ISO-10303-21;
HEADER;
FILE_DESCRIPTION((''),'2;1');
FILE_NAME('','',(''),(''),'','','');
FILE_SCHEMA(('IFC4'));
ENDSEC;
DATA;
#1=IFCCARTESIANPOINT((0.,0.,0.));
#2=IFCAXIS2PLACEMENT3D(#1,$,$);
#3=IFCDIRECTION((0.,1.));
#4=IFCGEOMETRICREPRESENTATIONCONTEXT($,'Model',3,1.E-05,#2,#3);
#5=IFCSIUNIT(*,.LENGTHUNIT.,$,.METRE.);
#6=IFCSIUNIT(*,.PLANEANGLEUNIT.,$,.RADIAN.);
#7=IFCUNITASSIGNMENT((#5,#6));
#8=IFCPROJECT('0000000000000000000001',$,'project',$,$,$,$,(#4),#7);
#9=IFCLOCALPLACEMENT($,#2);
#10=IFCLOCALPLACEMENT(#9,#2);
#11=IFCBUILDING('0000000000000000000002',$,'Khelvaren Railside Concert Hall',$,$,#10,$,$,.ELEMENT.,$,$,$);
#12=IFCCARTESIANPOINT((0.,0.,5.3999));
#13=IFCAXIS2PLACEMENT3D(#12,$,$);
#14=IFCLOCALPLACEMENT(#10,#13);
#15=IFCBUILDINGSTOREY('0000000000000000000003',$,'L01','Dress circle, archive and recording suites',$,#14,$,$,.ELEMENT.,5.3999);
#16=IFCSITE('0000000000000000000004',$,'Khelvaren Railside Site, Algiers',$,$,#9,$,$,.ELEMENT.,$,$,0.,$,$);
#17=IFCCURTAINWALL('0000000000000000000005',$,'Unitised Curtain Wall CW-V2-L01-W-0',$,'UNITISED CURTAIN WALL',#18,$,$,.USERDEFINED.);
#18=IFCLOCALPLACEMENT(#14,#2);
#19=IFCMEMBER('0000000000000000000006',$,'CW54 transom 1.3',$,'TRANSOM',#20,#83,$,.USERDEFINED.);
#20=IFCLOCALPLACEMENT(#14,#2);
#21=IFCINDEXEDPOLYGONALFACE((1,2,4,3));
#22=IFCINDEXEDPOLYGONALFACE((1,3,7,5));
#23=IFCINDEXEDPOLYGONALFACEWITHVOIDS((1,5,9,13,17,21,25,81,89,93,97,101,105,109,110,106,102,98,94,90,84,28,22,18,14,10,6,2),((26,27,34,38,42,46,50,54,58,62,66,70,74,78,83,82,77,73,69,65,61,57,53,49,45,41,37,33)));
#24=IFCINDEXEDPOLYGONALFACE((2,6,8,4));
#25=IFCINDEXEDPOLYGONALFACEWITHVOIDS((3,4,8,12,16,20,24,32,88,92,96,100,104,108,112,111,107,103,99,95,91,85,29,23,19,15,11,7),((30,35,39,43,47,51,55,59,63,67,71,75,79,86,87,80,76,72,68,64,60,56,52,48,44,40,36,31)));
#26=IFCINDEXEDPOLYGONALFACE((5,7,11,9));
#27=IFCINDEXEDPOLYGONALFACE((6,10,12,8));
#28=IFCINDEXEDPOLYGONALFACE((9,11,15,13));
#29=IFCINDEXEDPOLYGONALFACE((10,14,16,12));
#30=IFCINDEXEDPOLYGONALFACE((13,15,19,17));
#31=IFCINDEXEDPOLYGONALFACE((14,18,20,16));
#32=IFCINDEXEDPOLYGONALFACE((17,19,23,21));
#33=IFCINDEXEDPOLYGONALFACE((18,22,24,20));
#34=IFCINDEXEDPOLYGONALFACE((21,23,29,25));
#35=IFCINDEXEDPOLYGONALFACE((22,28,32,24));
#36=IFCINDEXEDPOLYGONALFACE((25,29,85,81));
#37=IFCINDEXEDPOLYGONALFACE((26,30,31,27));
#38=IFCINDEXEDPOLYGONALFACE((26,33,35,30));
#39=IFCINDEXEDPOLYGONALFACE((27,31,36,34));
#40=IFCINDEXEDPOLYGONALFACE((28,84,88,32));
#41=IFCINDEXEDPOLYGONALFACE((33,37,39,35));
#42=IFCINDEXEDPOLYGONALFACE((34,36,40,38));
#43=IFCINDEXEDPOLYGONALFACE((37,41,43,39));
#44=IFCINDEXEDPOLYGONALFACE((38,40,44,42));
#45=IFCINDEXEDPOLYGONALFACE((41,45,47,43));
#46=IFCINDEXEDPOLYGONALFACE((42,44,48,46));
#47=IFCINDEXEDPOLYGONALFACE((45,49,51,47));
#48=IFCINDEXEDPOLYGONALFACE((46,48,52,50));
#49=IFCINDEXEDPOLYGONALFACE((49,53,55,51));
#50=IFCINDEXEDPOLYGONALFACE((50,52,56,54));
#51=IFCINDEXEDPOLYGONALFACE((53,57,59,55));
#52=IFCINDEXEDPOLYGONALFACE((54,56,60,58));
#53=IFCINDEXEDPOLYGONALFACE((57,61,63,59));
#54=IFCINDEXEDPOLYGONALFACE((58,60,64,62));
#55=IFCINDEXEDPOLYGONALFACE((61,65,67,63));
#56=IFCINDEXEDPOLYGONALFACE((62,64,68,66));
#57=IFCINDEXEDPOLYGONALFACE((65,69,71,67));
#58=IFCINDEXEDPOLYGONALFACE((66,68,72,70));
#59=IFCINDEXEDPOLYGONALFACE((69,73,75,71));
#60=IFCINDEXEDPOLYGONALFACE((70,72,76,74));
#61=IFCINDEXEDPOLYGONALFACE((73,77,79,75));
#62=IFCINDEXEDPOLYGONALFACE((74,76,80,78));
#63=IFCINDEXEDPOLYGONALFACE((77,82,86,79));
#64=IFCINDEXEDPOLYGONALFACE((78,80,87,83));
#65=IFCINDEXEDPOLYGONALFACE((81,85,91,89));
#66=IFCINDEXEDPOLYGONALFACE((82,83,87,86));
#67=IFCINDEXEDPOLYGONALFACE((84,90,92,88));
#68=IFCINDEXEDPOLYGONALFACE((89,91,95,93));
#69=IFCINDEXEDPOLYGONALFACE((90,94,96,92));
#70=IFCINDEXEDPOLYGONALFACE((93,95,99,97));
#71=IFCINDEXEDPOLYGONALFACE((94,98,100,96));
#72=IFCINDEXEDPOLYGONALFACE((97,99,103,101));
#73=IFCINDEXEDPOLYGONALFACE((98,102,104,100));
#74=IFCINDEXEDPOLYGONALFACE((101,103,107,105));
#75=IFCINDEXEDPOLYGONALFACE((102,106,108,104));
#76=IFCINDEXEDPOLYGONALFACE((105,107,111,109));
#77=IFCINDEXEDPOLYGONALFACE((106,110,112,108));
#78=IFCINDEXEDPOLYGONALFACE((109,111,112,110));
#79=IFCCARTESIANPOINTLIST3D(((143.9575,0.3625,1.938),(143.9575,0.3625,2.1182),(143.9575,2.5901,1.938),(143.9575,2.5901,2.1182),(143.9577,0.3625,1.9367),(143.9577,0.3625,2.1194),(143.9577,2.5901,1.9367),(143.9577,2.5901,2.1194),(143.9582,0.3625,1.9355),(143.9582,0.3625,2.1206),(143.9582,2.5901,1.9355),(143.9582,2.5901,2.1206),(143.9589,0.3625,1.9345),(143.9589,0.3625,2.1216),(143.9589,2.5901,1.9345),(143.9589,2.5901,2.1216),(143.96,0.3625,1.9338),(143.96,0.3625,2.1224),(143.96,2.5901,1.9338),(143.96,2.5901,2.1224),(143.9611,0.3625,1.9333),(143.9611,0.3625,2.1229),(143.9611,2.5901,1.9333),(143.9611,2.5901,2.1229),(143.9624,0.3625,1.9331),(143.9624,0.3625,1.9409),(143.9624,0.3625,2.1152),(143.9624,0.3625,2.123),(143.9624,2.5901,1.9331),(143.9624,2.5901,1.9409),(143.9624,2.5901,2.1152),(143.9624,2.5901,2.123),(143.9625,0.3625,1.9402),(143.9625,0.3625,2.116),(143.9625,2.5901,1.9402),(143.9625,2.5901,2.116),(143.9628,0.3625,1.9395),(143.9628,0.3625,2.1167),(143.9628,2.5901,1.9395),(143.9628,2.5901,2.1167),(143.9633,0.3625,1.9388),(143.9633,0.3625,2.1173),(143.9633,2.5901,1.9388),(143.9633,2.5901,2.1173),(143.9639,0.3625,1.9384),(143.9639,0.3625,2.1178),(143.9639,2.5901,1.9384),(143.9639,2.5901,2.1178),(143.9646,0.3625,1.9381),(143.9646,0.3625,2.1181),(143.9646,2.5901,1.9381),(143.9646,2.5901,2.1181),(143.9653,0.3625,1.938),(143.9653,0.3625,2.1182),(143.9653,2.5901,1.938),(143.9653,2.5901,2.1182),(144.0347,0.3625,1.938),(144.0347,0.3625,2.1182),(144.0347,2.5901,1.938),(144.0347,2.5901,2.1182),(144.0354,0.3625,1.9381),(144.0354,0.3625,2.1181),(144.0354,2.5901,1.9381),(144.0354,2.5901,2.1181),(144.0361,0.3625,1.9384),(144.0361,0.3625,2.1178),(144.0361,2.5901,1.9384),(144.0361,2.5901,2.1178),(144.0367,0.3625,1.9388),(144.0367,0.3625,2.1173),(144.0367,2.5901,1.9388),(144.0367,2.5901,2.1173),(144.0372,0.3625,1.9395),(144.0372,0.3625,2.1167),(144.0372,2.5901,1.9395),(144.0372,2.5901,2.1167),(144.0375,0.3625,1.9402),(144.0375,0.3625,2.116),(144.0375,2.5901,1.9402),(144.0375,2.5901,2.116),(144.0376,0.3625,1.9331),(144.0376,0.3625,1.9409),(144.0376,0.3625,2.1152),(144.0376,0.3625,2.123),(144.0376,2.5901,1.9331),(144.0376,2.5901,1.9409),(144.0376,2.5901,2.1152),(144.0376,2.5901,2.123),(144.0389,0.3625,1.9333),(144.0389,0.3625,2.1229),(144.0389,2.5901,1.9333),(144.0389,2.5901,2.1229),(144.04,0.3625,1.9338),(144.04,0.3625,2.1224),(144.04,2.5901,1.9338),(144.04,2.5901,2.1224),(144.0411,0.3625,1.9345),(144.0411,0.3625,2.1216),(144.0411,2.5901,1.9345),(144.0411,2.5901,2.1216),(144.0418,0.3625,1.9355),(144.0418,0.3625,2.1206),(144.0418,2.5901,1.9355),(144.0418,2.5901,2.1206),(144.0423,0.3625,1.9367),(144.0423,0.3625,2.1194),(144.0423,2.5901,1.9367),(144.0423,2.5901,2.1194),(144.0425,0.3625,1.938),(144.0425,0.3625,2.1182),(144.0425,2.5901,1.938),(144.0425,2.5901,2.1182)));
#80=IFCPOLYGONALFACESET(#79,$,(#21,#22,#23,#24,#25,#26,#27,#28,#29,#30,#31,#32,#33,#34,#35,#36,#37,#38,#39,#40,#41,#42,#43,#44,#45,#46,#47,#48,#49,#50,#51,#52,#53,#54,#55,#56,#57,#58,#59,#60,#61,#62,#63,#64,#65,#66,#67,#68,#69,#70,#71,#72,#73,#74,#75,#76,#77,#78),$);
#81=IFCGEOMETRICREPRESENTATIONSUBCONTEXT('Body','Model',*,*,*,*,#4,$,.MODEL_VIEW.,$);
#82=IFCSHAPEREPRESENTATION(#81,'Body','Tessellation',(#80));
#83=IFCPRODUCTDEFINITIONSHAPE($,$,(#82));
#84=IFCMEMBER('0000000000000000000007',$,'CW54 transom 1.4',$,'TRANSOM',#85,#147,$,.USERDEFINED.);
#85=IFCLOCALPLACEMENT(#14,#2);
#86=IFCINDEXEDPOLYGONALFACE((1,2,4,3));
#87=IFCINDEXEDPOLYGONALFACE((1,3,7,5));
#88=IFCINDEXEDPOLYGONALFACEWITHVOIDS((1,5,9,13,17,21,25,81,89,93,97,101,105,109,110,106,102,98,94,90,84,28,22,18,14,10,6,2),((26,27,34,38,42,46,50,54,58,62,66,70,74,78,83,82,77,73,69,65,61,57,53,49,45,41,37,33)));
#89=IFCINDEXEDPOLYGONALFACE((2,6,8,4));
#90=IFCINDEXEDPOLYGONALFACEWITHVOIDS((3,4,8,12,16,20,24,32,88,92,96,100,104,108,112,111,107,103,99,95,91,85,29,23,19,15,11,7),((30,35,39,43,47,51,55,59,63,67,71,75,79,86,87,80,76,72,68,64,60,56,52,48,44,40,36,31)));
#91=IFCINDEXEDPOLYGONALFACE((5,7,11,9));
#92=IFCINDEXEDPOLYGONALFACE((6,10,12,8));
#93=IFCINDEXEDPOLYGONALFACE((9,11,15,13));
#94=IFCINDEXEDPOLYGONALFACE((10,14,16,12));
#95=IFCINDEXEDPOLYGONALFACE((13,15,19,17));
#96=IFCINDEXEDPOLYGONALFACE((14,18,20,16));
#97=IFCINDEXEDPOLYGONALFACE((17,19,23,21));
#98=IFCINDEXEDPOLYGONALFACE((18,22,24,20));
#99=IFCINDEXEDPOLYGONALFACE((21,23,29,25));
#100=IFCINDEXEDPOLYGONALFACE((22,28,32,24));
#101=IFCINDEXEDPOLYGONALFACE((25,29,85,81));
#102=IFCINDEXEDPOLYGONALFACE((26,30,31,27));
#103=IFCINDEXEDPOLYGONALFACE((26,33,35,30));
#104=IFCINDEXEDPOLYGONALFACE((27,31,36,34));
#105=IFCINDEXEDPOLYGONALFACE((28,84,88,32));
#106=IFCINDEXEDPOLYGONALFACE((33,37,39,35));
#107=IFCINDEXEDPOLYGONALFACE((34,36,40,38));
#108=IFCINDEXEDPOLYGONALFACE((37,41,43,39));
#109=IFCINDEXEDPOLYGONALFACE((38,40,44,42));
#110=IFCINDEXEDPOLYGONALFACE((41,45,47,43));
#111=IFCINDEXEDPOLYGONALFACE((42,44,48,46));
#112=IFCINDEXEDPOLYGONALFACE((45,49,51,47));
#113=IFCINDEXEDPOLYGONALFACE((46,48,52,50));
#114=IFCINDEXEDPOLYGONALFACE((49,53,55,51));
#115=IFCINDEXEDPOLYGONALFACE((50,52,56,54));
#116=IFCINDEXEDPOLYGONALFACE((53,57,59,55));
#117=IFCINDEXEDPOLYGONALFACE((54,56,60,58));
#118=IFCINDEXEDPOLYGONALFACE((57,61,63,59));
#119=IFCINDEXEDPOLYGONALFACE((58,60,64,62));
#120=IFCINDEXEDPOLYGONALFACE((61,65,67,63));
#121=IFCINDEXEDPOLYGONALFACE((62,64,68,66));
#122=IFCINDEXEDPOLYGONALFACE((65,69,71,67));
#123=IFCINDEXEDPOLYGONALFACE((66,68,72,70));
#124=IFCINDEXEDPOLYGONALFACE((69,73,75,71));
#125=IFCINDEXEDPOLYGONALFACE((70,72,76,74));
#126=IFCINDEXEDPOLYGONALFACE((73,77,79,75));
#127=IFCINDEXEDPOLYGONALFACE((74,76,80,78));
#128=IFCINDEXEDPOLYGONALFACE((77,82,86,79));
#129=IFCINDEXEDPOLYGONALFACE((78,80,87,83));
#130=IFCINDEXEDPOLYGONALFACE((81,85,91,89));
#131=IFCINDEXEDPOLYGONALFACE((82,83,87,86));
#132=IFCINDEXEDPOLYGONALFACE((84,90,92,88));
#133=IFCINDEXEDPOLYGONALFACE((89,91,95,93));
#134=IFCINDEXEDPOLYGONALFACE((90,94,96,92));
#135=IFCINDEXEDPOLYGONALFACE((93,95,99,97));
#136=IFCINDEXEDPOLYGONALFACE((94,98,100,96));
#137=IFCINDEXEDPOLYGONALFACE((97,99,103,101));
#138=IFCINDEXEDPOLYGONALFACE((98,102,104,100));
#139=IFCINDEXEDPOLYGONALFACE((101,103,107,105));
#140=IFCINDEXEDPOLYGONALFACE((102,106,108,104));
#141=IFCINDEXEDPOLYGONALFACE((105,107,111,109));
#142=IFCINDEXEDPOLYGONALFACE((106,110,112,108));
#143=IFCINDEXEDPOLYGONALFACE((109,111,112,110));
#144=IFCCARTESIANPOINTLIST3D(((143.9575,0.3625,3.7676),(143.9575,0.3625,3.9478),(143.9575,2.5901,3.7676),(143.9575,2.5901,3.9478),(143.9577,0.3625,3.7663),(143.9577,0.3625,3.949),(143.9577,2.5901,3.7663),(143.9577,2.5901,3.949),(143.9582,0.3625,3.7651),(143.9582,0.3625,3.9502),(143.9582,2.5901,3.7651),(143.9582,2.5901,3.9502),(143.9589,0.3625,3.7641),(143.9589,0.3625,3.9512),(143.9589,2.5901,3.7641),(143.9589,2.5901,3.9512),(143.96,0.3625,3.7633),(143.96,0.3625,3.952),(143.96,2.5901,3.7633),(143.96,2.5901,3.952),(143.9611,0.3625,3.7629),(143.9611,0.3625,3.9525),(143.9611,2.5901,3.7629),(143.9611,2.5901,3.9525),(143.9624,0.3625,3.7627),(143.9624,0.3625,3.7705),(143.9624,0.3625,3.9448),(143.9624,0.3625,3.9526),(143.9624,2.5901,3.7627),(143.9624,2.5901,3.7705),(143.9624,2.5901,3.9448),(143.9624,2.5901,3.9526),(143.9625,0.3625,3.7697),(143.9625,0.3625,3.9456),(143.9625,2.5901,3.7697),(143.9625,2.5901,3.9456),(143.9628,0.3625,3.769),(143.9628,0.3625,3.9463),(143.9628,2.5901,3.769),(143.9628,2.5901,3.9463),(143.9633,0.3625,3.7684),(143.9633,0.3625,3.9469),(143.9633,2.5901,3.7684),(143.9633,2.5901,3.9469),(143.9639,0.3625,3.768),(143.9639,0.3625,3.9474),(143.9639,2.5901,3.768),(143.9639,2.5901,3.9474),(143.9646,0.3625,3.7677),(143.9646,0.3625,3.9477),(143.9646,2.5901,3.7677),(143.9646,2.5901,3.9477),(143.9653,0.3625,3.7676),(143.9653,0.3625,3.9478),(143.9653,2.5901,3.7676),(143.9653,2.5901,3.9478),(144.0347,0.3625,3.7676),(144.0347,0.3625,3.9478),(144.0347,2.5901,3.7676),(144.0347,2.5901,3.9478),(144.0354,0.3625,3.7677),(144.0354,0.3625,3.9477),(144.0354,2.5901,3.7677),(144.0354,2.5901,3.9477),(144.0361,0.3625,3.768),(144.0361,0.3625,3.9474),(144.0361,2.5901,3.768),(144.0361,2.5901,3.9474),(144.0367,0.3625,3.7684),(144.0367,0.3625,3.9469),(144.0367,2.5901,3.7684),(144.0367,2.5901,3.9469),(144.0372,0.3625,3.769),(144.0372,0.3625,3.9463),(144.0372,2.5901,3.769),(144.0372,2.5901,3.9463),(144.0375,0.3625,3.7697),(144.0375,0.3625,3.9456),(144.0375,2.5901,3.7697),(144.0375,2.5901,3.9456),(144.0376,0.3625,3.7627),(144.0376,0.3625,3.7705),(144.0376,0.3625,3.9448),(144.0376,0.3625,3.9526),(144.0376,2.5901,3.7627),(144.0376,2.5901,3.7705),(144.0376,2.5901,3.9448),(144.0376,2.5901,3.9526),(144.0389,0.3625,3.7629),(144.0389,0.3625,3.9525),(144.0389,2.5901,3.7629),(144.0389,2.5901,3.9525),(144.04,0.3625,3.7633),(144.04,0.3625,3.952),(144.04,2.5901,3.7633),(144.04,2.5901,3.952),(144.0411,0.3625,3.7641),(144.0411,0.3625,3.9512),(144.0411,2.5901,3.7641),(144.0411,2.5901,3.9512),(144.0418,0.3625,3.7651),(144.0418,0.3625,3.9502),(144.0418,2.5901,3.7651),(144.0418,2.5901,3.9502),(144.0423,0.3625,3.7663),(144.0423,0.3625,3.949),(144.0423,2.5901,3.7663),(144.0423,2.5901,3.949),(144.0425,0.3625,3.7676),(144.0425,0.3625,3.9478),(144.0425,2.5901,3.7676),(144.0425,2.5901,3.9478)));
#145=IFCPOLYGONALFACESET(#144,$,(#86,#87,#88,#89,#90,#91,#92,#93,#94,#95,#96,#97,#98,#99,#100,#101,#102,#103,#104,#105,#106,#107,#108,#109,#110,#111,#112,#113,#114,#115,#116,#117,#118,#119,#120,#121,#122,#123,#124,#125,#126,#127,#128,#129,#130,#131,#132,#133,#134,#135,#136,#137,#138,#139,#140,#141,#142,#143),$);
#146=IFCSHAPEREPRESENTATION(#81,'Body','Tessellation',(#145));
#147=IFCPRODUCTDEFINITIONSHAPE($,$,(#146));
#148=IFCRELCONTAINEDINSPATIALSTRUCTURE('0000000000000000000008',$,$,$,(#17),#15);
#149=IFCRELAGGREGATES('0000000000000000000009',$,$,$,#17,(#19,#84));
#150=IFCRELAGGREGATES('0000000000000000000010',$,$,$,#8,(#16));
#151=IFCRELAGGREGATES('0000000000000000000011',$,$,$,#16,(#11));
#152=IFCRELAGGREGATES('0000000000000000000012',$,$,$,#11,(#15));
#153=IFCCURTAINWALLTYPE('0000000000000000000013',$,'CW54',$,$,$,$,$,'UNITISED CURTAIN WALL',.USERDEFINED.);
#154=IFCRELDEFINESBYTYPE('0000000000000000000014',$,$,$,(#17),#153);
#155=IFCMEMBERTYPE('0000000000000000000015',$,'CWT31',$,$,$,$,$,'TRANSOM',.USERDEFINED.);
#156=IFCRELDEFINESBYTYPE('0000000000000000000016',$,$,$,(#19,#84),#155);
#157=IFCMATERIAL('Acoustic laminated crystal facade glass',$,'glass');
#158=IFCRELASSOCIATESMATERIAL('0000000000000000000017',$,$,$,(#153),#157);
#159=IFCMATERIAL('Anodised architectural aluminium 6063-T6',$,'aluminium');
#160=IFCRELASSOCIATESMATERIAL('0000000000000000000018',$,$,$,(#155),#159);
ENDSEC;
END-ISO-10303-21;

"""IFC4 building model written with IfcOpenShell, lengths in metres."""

from ifc_helpers import new_model, si_unit, direction, frame, origin, origin_2d, place, context, subcontext, project, spatial, hollow_rectangle, extrude, material, material_profile, profile_set, type_object, element, aggregate, save


model = new_model("IFC4")

# Units and contexts
model_context = context("Model", 3, precision=1e-05, world=origin(), true_north=direction((0.0, 1.0)))
body_context = subcontext(model_context, "Body", "Model", "MODEL_VIEW")
ifc_project = project(units=[si_unit("LENGTHUNIT", "METRE"), si_unit("PLANEANGLEUNIT", "RADIAN")], contexts=[model_context])

# Site, building, storey
site_placement = place(None, origin())
site = spatial("IfcSite", under=ifc_project, at=site_placement, Name="Khelvaren Railside Site, Algiers", CompositionType="ELEMENT", RefElevation=0.0)
building_placement = place(site_placement, origin())
building = spatial("IfcBuilding", under=site, at=building_placement, Name="Khelvaren Railside Concert Hall", CompositionType="ELEMENT")
storey_placement = place(building_placement, frame((0.0, 0.0, 5.3999)))
storey = spatial("IfcBuildingStorey", under=building, at=storey_placement, Name="L01", Description="Dress circle, archive and recording suites", CompositionType="ELEMENT", Elevation=5.3999)

# Curtain wall, members
ifc_material_1 = material(Name="Anodised architectural aluminium 6063-T6", Category="aluminium")
ifc_material_2 = material(Name="Acoustic laminated crystal facade glass", Category="glass")
curtain_wall_type_1 = type_object("IfcCurtainWallType", Name="CW54", ElementType="UNITISED CURTAIN WALL", PredefinedType="USERDEFINED", material=ifc_material_2)
curtain_wall_1_placement = place(storey_placement, origin())
curtain_wall_1 = element("IfcCurtainWall", 1, at=curtain_wall_1_placement, inside=storey, type_object=curtain_wall_type_1, Name="Unitised Curtain Wall CW-V2-L01-W-0", ObjectType="UNITISED CURTAIN WALL", PredefinedType="USERDEFINED")
ifc_material_profile_1 = material_profile(ifc_material_1, hollow_rectangle(XDim=0.085, YDim=0.1899, WallThickness=0.0049, InnerFilletRadius=0.0029, OuterFilletRadius=0.0049, at=origin_2d()), Name="CWT 85x190x5")
ifc_profile_set_1 = profile_set([ifc_material_profile_1], Name="Anodised architectural aluminium 6063-T6")
member_type_1 = type_object("IfcMemberType", Name="CWT31", ElementType="TRANSOM", PredefinedType="USERDEFINED", material=ifc_profile_set_1)
member_1_placement = place(storey_placement, frame((144.0, 0.3625, 2.0281), z_axis=(0.0, 1.0, 0.0), x_axis=(-1.0, 0.0, 0.0)))
member_1 = element("IfcMember", 2, at=member_1_placement, type_object=member_type_1, Name="CW54 transom 1.3", ObjectType="TRANSOM", PredefinedType="USERDEFINED", context=body_context, shape_type="SweptSolid", body=[
    extrude(hollow_rectangle(XDim=0.085, YDim=0.1899, WallThickness=0.0049, InnerFilletRadius=0.0029, OuterFilletRadius=0.0049, at=origin_2d()), origin(), (0.0, 0.0, 1.0), 2.2275),
])
member_2_placement = place(storey_placement, frame((144.0, 0.3625, 3.8577), z_axis=(0.0, 1.0, 0.0), x_axis=(-1.0, 0.0, 0.0)))
member_2 = element("IfcMember", 3, at=member_2_placement, type_object=member_type_1, Name="CW54 transom 1.4", ObjectType="TRANSOM", PredefinedType="USERDEFINED", context=body_context, shape_type="SweptSolid", body=[
    extrude(hollow_rectangle(XDim=0.085, YDim=0.1899, WallThickness=0.0049, InnerFilletRadius=0.0029, OuterFilletRadius=0.0049, at=origin_2d()), origin(), (0.0, 0.0, 1.0), 2.2275),
])
aggregate(curtain_wall_1, [member_1, member_2])

save(model, "model.ifc")
